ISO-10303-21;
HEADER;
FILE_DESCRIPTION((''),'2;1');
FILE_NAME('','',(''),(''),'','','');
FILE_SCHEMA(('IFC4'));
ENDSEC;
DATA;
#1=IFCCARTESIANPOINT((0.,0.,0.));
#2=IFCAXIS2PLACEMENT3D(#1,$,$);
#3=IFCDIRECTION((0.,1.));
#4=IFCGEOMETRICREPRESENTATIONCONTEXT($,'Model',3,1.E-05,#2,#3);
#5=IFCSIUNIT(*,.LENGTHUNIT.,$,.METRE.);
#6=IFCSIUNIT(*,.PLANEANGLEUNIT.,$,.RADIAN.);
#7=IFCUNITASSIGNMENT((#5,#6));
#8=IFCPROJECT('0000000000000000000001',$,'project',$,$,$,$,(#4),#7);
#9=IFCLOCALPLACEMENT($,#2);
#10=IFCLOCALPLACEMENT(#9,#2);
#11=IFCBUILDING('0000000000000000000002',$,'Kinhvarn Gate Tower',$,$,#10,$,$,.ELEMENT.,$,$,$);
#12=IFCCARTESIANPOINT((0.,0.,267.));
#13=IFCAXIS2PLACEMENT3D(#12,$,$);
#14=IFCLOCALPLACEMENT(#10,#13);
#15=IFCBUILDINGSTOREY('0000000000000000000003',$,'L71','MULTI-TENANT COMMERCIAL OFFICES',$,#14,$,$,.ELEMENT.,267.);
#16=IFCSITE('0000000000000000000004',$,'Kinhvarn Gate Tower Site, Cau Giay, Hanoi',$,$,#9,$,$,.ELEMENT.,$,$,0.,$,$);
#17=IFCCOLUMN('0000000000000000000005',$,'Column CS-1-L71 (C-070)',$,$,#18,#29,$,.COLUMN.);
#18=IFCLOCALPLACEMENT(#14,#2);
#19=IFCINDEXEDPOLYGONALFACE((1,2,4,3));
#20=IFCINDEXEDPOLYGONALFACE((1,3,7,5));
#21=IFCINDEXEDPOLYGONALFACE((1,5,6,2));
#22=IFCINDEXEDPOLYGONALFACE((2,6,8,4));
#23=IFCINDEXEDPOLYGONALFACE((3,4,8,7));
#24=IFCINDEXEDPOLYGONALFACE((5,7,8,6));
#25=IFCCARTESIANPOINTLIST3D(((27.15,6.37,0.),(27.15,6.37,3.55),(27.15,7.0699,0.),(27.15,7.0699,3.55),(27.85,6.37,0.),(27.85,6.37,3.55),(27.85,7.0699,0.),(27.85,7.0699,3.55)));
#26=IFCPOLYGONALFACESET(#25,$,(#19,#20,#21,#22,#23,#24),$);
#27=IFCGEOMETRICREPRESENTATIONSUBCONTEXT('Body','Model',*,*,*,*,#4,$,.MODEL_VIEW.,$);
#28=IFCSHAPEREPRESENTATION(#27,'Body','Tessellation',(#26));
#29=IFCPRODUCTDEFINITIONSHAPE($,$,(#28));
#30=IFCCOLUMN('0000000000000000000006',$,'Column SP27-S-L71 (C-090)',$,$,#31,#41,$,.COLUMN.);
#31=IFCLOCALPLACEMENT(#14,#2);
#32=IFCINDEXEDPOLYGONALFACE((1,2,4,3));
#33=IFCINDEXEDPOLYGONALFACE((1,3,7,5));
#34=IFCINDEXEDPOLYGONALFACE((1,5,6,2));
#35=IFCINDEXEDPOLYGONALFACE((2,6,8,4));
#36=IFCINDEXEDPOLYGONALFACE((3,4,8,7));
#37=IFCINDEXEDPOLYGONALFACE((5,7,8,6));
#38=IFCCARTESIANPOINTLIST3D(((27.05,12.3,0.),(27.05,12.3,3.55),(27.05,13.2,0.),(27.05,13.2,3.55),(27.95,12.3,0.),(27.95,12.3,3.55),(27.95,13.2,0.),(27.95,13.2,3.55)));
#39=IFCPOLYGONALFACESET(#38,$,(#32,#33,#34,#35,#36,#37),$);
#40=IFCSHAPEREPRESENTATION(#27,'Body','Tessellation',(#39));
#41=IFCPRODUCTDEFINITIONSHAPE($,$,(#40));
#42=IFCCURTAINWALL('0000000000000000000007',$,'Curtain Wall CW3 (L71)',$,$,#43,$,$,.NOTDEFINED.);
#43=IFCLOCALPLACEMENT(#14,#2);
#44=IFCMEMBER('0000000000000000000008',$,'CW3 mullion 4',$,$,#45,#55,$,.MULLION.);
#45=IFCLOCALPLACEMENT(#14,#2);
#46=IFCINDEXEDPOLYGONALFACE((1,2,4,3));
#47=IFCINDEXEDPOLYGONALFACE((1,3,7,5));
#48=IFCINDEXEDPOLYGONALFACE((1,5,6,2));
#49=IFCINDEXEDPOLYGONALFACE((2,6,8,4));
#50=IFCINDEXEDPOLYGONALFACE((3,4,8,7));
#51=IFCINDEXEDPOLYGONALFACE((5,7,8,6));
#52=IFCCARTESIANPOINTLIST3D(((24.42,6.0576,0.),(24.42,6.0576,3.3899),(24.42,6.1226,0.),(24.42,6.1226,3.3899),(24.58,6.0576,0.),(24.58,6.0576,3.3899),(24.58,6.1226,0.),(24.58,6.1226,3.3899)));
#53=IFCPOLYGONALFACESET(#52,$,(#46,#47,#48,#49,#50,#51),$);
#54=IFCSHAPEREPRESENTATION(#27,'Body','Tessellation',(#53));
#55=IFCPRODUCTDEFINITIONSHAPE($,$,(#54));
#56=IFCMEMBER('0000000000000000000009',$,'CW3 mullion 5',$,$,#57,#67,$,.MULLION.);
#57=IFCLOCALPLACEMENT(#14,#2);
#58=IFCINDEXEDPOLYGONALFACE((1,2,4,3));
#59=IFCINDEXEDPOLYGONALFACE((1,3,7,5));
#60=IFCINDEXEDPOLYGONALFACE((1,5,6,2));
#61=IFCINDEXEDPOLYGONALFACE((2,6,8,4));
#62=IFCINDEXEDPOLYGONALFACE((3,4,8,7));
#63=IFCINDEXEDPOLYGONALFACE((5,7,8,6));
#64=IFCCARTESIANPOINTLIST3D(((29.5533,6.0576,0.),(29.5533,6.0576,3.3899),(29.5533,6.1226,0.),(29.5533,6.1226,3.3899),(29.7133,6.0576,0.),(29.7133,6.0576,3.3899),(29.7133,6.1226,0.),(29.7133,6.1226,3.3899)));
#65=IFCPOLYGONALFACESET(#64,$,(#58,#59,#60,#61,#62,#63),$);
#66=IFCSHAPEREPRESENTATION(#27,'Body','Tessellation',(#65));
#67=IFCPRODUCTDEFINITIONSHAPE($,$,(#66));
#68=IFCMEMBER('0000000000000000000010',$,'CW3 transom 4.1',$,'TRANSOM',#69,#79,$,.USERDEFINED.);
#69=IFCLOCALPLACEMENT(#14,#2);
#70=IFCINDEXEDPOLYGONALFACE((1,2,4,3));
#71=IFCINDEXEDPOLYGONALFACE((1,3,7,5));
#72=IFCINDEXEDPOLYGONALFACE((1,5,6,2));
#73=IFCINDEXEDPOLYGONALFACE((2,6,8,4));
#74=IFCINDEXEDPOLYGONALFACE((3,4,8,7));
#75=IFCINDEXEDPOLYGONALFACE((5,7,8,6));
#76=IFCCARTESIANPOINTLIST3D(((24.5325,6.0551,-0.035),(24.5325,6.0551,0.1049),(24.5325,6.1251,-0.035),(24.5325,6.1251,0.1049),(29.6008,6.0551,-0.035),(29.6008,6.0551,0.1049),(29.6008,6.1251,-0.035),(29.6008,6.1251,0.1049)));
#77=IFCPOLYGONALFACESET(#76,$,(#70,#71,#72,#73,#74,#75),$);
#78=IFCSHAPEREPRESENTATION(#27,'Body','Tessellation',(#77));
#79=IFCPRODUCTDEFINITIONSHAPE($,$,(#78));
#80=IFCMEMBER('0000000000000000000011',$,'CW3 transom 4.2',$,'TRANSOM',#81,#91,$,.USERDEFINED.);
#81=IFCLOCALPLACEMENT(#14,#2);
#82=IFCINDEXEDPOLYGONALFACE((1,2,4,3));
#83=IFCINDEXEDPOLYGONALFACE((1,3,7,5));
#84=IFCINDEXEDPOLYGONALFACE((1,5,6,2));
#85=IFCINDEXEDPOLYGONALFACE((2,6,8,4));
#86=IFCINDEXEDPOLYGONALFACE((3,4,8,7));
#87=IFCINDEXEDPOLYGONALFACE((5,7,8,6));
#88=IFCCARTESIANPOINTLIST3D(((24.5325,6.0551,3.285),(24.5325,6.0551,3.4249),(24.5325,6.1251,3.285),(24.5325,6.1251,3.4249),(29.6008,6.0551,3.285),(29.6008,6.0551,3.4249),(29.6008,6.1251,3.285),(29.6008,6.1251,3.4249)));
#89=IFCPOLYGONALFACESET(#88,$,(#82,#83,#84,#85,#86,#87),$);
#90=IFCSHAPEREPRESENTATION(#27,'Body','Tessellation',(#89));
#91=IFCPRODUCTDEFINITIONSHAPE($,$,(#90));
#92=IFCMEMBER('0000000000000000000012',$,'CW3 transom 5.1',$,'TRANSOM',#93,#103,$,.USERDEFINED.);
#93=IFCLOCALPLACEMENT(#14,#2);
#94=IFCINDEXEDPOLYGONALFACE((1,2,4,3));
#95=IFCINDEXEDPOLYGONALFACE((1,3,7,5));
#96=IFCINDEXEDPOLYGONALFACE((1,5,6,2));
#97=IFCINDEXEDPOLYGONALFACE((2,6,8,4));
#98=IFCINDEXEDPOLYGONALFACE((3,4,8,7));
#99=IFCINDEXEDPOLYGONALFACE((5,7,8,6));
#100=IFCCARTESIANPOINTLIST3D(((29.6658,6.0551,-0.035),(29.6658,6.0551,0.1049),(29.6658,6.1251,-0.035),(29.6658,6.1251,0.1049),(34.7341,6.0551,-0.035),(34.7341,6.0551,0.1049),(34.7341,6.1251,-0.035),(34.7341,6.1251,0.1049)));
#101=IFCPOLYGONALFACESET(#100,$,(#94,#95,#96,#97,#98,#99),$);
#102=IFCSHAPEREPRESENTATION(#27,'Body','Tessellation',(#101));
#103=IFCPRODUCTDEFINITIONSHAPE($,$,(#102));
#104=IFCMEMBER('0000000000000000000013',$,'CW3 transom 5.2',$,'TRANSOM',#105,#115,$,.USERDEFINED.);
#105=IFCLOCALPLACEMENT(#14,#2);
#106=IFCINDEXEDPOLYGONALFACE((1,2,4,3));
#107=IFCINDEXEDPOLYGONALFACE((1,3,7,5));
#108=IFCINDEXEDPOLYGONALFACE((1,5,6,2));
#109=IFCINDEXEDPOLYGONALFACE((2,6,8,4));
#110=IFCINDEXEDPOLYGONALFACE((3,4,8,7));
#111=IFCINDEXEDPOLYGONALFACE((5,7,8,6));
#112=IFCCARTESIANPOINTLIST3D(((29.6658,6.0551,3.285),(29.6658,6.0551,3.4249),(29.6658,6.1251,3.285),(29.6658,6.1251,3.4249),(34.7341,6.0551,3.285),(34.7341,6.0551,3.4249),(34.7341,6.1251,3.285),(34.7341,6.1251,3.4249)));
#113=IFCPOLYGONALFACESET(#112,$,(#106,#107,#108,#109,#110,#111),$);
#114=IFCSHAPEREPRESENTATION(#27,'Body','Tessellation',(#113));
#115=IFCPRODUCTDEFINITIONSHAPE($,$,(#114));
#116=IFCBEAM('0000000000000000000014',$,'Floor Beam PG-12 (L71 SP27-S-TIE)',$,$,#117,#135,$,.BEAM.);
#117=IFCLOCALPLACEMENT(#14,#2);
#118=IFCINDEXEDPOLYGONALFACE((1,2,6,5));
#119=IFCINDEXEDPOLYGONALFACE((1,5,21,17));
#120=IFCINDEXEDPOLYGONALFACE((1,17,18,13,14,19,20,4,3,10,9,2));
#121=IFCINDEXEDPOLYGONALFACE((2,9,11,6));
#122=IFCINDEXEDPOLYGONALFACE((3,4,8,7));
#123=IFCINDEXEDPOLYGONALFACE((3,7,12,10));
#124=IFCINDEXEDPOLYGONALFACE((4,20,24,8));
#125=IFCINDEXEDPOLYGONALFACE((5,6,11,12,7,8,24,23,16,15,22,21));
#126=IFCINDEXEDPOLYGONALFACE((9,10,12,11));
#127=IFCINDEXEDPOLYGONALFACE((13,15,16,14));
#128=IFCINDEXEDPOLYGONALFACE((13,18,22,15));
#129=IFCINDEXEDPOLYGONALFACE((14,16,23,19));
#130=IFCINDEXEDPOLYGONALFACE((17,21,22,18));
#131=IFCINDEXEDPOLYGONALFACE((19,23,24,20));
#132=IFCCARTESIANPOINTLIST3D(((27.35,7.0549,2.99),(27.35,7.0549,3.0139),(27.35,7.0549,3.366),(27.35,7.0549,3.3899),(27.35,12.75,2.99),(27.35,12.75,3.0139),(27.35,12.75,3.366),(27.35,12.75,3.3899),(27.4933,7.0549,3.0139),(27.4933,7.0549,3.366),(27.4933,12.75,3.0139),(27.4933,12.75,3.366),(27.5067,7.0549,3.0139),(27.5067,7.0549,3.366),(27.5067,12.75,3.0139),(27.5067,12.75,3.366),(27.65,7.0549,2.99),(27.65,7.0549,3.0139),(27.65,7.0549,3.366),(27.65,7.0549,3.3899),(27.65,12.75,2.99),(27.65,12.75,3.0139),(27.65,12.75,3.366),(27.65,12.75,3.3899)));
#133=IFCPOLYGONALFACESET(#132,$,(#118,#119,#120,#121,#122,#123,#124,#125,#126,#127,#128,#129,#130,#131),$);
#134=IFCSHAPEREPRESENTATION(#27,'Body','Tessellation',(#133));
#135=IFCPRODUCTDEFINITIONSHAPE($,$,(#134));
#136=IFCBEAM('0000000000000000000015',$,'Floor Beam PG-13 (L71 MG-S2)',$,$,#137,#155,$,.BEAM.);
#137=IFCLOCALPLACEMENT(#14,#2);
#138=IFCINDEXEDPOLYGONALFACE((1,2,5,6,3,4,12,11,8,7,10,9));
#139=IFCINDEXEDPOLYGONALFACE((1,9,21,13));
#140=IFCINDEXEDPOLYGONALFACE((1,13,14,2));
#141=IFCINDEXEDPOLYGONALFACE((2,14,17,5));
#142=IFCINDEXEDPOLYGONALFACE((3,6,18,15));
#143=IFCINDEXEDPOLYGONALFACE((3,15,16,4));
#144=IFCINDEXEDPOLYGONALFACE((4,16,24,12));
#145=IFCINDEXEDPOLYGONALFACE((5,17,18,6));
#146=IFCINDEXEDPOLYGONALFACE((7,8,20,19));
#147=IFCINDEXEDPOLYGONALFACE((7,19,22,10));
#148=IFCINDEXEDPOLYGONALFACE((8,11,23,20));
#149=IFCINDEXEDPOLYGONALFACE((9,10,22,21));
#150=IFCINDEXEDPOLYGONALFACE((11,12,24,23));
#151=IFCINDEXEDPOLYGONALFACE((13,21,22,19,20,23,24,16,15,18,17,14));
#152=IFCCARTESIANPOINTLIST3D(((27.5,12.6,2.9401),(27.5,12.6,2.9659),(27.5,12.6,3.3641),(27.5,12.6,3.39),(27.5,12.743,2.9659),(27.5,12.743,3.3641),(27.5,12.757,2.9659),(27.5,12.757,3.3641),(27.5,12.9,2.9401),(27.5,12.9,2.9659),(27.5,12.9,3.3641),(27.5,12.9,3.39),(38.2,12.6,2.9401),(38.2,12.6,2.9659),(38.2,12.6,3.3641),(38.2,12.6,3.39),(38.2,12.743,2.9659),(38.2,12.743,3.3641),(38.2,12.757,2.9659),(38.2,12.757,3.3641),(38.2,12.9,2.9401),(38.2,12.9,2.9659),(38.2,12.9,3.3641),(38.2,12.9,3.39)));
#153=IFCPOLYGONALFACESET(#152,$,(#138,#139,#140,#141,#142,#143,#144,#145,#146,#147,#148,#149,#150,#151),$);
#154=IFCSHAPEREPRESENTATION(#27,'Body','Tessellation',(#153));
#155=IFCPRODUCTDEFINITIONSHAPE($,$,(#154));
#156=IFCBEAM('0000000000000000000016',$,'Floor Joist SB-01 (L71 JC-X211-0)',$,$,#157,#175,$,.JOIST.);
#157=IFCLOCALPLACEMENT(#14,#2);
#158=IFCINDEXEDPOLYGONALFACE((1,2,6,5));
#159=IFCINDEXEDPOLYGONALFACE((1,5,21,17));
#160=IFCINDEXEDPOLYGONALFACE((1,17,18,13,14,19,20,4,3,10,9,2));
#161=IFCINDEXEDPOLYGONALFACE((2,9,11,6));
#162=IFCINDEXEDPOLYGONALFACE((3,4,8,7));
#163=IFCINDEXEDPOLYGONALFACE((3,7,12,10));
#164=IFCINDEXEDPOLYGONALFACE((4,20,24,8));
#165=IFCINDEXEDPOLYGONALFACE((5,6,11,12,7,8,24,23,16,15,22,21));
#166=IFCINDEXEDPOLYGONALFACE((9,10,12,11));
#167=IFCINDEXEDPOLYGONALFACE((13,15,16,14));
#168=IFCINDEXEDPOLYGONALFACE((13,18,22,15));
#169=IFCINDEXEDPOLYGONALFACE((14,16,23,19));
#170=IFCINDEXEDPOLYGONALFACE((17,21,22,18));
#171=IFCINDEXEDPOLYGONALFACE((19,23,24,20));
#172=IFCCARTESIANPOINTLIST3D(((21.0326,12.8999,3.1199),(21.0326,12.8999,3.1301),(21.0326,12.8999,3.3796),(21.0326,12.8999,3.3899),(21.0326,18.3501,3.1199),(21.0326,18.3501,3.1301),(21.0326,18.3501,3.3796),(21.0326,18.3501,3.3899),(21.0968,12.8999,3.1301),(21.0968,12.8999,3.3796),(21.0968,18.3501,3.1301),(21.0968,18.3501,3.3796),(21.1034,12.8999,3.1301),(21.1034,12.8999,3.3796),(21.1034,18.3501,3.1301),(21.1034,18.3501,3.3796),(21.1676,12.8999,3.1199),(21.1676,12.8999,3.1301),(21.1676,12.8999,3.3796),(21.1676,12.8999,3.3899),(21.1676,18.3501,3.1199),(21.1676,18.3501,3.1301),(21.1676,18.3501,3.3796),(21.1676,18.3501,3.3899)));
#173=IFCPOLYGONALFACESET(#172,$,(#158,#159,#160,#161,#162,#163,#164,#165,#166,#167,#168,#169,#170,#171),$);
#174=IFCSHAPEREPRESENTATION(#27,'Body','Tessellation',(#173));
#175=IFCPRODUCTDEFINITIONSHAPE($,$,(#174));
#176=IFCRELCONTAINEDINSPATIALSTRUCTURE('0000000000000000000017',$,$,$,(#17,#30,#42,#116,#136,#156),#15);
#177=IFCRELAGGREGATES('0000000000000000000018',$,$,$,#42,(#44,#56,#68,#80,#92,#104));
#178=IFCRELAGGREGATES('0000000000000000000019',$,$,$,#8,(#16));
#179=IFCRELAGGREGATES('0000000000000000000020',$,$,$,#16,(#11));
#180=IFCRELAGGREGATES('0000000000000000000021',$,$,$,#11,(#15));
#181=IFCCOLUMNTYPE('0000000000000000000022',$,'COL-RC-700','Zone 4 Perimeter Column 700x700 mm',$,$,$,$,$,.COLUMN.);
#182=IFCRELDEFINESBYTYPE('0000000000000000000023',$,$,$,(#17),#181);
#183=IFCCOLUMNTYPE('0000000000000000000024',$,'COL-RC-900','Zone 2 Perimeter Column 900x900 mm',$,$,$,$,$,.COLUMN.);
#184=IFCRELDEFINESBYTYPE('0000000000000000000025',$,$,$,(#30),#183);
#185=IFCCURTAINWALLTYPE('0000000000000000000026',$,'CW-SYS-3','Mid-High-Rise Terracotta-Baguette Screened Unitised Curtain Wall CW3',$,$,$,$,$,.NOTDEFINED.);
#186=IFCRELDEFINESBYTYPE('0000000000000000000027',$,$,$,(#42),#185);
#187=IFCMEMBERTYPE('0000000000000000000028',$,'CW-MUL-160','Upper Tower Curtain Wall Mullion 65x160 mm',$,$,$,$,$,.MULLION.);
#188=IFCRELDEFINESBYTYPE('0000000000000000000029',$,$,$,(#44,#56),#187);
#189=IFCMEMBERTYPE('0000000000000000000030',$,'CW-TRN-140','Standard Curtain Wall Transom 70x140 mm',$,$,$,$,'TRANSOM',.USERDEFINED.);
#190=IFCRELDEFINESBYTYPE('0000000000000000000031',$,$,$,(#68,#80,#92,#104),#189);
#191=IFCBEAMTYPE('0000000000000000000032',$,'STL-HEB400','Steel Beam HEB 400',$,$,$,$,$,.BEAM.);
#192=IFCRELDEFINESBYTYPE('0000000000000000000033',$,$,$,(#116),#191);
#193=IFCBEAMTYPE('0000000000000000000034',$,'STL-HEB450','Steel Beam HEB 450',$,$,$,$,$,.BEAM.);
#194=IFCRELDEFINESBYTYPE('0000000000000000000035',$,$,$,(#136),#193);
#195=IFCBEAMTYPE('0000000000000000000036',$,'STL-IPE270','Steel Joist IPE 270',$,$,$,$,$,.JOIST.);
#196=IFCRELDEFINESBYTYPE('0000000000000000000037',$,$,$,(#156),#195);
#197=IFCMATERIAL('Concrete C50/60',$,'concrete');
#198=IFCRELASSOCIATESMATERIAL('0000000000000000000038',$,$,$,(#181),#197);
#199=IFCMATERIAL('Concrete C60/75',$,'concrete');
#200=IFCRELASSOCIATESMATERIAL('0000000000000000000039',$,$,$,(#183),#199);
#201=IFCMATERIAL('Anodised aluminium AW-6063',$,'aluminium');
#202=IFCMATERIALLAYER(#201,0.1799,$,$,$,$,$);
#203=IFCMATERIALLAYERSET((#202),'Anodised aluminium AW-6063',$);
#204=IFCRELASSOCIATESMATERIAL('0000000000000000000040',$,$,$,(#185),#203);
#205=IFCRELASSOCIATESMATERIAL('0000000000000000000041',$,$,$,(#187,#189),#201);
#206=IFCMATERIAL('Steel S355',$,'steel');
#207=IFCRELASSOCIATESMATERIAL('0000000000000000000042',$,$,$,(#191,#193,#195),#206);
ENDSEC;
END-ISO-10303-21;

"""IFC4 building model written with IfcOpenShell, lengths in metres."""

from ifc_helpers import new_model, si_unit, direction, frame, origin, origin_2d, place, context, subcontext, project, spatial, rectangle, i_section, extrude, material, layer, layer_set, material_profile, profile_set, type_object, element, aggregate, save


model = new_model("IFC4")

# Units and contexts
model_context = context("Model", 3, precision=1e-05, world=origin(), true_north=direction((0.0, 1.0)))
body_context = subcontext(model_context, "Body", "Model", "MODEL_VIEW")
ifc_project = project(units=[si_unit("LENGTHUNIT", "METRE"), si_unit("PLANEANGLEUNIT", "RADIAN")], contexts=[model_context])

# Site, building, storey
site_placement = place(None, origin())
site = spatial("IfcSite", under=ifc_project, at=site_placement, Name="Kinhvarn Gate Tower Site, Cau Giay, Hanoi", CompositionType="ELEMENT", RefElevation=0.0)
building_placement = place(site_placement, origin())
building = spatial("IfcBuilding", under=site, at=building_placement, Name="Kinhvarn Gate Tower", CompositionType="ELEMENT")
storey_placement = place(building_placement, frame((0.0, 0.0, 267.0)))
storey = spatial("IfcBuildingStorey", under=building, at=storey_placement, Name="L71", Description="MULTI-TENANT COMMERCIAL OFFICES", CompositionType="ELEMENT", Elevation=267.0)

# Columns
ifc_material_1 = material(Name="Concrete C50/60", Category="concrete")
ifc_material_profile_1 = material_profile(ifc_material_1, rectangle(XDim=0.7, YDim=0.7, at=origin_2d()), Name="RC 700x700")
ifc_profile_set_1 = profile_set([ifc_material_profile_1], Name="Concrete C50/60")
column_type_1 = type_object("IfcColumnType", Name="COL-RC-700", Description="Zone 4 Perimeter Column 700x700 mm", PredefinedType="COLUMN", material=ifc_profile_set_1)
column_1_placement = place(storey_placement, frame((27.5, 6.72, 0.0), z_axis=(0.0, 0.0, 1.0), x_axis=(1.0, 0.0, 0.0)))
element("IfcColumn", 1, at=column_1_placement, inside=storey, type_object=column_type_1, Name="Column CS-1-L71 (C-070)", PredefinedType="COLUMN", context=body_context, shape_type="SweptSolid", body=[
    extrude(rectangle(XDim=0.7, YDim=0.7, at=origin_2d()), origin(), (0.0, 0.0, 1.0), 3.55),
])
ifc_material_2 = material(Name="Concrete C60/75", Category="concrete")
ifc_material_profile_2 = material_profile(ifc_material_2, rectangle(XDim=0.8999, YDim=0.8999, at=origin_2d()), Name="RC 900x900")
ifc_profile_set_2 = profile_set([ifc_material_profile_2], Name="Concrete C60/75")
column_type_2 = type_object("IfcColumnType", Name="COL-RC-900", Description="Zone 2 Perimeter Column 900x900 mm", PredefinedType="COLUMN", material=ifc_profile_set_2)
column_2_placement = place(storey_placement, frame((27.5, 12.75, 0.0), z_axis=(0.0, 0.0, 1.0), x_axis=(1.0, 0.0, 0.0)))
element("IfcColumn", 2, at=column_2_placement, inside=storey, type_object=column_type_2, Name="Column SP27-S-L71 (C-090)", PredefinedType="COLUMN", context=body_context, shape_type="SweptSolid", body=[
    extrude(rectangle(XDim=0.8999, YDim=0.8999, at=origin_2d()), origin(), (0.0, 0.0, 1.0), 3.55),
])

# Curtain wall, members
ifc_material_3 = material(Name="Anodised aluminium AW-6063", Category="aluminium")
ifc_layer_1 = layer(ifc_material_3, 0.1799)
ifc_layer_set_1 = layer_set([ifc_layer_1], Name="Anodised aluminium AW-6063")
curtain_wall_type = type_object("IfcCurtainWallType", Name="CW-SYS-3", Description="Mid-High-Rise Terracotta-Baguette Screened Unitised Curtain Wall CW3", PredefinedType="NOTDEFINED", material=ifc_layer_set_1)
curtain_wall_placement = place(storey_placement, origin())
curtain_wall = element("IfcCurtainWall", 3, at=curtain_wall_placement, inside=storey, type_object=curtain_wall_type, Name="Curtain Wall CW3 (L71)", PredefinedType="NOTDEFINED")
ifc_material_profile_3 = material_profile(ifc_material_3, rectangle(XDim=0.0649, YDim=0.1599, at=origin_2d()), Name="ALU 65x160")
ifc_profile_set_3 = profile_set([ifc_material_profile_3], Name="Anodised aluminium AW-6063")
member_type_1 = type_object("IfcMemberType", Name="CW-MUL-160", Description="Upper Tower Curtain Wall Mullion 65x160 mm", PredefinedType="MULLION", material=ifc_profile_set_3)
member_1_placement = place(storey_placement, frame((24.5, 6.0901, 0.0), z_axis=(0.0, 0.0, 1.0), x_axis=(0.0, 1.0, 0.0)))
member_1 = element("IfcMember", 4, at=member_1_placement, type_object=member_type_1, Name="CW3 mullion 4", PredefinedType="MULLION", context=body_context, shape_type="SweptSolid", body=[
    extrude(rectangle(XDim=0.0649, YDim=0.1599, at=origin_2d()), origin(), (0.0, 0.0, 1.0), 3.3899),
])
member_2_placement = place(storey_placement, frame((29.6333, 6.0901, 0.0), z_axis=(0.0, 0.0, 1.0), x_axis=(0.0, 1.0, 0.0)))
member_2 = element("IfcMember", 5, at=member_2_placement, type_object=member_type_1, Name="CW3 mullion 5", PredefinedType="MULLION", context=body_context, shape_type="SweptSolid", body=[
    extrude(rectangle(XDim=0.0649, YDim=0.1599, at=origin_2d()), origin(), (0.0, 0.0, 1.0), 3.3899),
])
ifc_material_profile_4 = material_profile(ifc_material_3, rectangle(XDim=0.0701, YDim=0.1399, at=origin_2d()), Name="ALU 70x140")
ifc_profile_set_4 = profile_set([ifc_material_profile_4], Name="Anodised aluminium AW-6063")
member_type_2 = type_object("IfcMemberType", Name="CW-TRN-140", Description="Standard Curtain Wall Transom 70x140 mm", ElementType="TRANSOM", PredefinedType="USERDEFINED", material=ifc_profile_set_4)
member_3_placement = place(storey_placement, frame((24.5325, 6.0901, 0.0349), z_axis=(1.0, 0.0, 0.0), x_axis=(0.0, 1.0, 0.0)))
member_3 = element("IfcMember", 6, at=member_3_placement, type_object=member_type_2, Name="CW3 transom 4.1", ObjectType="TRANSOM", PredefinedType="USERDEFINED", context=body_context, shape_type="SweptSolid", body=[
    extrude(rectangle(XDim=0.0701, YDim=0.1399, at=origin_2d()), origin(), (0.0, 0.0, 1.0), 5.0684),
])
member_4_placement = place(storey_placement, frame((24.5325, 6.0901, 3.355), z_axis=(1.0, 0.0, 0.0), x_axis=(0.0, 1.0, 0.0)))
member_4 = element("IfcMember", 7, at=member_4_placement, type_object=member_type_2, Name="CW3 transom 4.2", ObjectType="TRANSOM", PredefinedType="USERDEFINED", context=body_context, shape_type="SweptSolid", body=[
    extrude(rectangle(XDim=0.0701, YDim=0.1399, at=origin_2d()), origin(), (0.0, 0.0, 1.0), 5.0684),
])
member_5_placement = place(storey_placement, frame((29.6658, 6.0901, 0.0349), z_axis=(1.0, 0.0, 0.0), x_axis=(0.0, 1.0, 0.0)))
member_5 = element("IfcMember", 8, at=member_5_placement, type_object=member_type_2, Name="CW3 transom 5.1", ObjectType="TRANSOM", PredefinedType="USERDEFINED", context=body_context, shape_type="SweptSolid", body=[
    extrude(rectangle(XDim=0.0701, YDim=0.1399, at=origin_2d()), origin(), (0.0, 0.0, 1.0), 5.0684),
])
member_6_placement = place(storey_placement, frame((29.6658, 6.0901, 3.355), z_axis=(1.0, 0.0, 0.0), x_axis=(0.0, 1.0, 0.0)))
member_6 = element("IfcMember", 9, at=member_6_placement, type_object=member_type_2, Name="CW3 transom 5.2", ObjectType="TRANSOM", PredefinedType="USERDEFINED", context=body_context, shape_type="SweptSolid", body=[
    extrude(rectangle(XDim=0.0701, YDim=0.1399, at=origin_2d()), origin(), (0.0, 0.0, 1.0), 5.0684),
])

# Beams
ifc_material_4 = material(Name="Steel S355", Category="steel")
ifc_material_profile_5 = material_profile(ifc_material_4, i_section(OverallWidth=0.3, OverallDepth=0.3999, WebThickness=0.0134, FlangeThickness=0.0239, at=origin_2d()), Name="HEB 400")
ifc_profile_set_5 = profile_set([ifc_material_profile_5], Name="Steel S355")
beam_type_1 = type_object("IfcBeamType", Name="STL-HEB400", Description="Steel Beam HEB 400", PredefinedType="BEAM", material=ifc_profile_set_5)
beam_1_placement = place(storey_placement, frame((27.5, 7.0549, 3.1899), z_axis=(0.0, 1.0, 0.0), x_axis=(-1.0, 0.0, 0.0)))
element("IfcBeam", 10, at=beam_1_placement, inside=storey, type_object=beam_type_1, Name="Floor Beam PG-12 (L71 SP27-S-TIE)", PredefinedType="BEAM", context=body_context, shape_type="SweptSolid", body=[
    extrude(i_section(OverallWidth=0.3, OverallDepth=0.3999, WebThickness=0.0134, FlangeThickness=0.0239, at=origin_2d()), origin(), (0.0, 0.0, 1.0), 5.6951),
])
ifc_material_profile_6 = material_profile(ifc_material_4, i_section(OverallWidth=0.3, OverallDepth=0.45, WebThickness=0.0139, FlangeThickness=0.0259, at=origin_2d()), Name="HEB 450")
ifc_profile_set_6 = profile_set([ifc_material_profile_6], Name="Steel S355")
beam_type_2 = type_object("IfcBeamType", Name="STL-HEB450", Description="Steel Beam HEB 450", PredefinedType="BEAM", material=ifc_profile_set_6)
beam_2_placement = place(storey_placement, frame((27.5, 12.75, 3.165), z_axis=(1.0, 0.0, 0.0), x_axis=(0.0, 1.0, 0.0)))
element("IfcBeam", 11, at=beam_2_placement, inside=storey, type_object=beam_type_2, Name="Floor Beam PG-13 (L71 MG-S2)", PredefinedType="BEAM", context=body_context, shape_type="SweptSolid", body=[
    extrude(i_section(OverallWidth=0.3, OverallDepth=0.45, WebThickness=0.0139, FlangeThickness=0.0259, at=origin_2d()), origin(), (0.0, 0.0, 1.0), 10.7),
])
ifc_material_profile_7 = material_profile(ifc_material_4, i_section(OverallWidth=0.135, OverallDepth=0.27, WebThickness=0.0066, FlangeThickness=0.0103, at=origin_2d()), Name="IPE 270")
ifc_profile_set_7 = profile_set([ifc_material_profile_7], Name="Steel S355")
beam_type_3 = type_object("IfcBeamType", Name="STL-IPE270", Description="Steel Joist IPE 270", PredefinedType="JOIST", material=ifc_profile_set_7)
for number, where, z_axis, x_axis, name in (
    (12, (21.1001, 12.8999, 3.2549), (0.0, 1.0, 0.0), (-1.0, 0.0, 0.0), "Floor Joist SB-01 (L71 JC-X211-0)"),
):
    element("IfcBeam", number, at=place(storey_placement, frame(where, z_axis=z_axis, x_axis=x_axis)), inside=storey, type_object=beam_type_3, Name=name, PredefinedType="JOIST", context=body_context, shape_type="SweptSolid", body=[
        extrude(i_section(OverallWidth=0.135, OverallDepth=0.27, WebThickness=0.0066, FlangeThickness=0.0103, at=origin_2d()), origin(), (0.0, 0.0, 1.0), 5.4502),
    ])

aggregate(curtain_wall, [member_1, member_2, member_3, member_4, member_5, member_6])

save(model, "model.ifc")
